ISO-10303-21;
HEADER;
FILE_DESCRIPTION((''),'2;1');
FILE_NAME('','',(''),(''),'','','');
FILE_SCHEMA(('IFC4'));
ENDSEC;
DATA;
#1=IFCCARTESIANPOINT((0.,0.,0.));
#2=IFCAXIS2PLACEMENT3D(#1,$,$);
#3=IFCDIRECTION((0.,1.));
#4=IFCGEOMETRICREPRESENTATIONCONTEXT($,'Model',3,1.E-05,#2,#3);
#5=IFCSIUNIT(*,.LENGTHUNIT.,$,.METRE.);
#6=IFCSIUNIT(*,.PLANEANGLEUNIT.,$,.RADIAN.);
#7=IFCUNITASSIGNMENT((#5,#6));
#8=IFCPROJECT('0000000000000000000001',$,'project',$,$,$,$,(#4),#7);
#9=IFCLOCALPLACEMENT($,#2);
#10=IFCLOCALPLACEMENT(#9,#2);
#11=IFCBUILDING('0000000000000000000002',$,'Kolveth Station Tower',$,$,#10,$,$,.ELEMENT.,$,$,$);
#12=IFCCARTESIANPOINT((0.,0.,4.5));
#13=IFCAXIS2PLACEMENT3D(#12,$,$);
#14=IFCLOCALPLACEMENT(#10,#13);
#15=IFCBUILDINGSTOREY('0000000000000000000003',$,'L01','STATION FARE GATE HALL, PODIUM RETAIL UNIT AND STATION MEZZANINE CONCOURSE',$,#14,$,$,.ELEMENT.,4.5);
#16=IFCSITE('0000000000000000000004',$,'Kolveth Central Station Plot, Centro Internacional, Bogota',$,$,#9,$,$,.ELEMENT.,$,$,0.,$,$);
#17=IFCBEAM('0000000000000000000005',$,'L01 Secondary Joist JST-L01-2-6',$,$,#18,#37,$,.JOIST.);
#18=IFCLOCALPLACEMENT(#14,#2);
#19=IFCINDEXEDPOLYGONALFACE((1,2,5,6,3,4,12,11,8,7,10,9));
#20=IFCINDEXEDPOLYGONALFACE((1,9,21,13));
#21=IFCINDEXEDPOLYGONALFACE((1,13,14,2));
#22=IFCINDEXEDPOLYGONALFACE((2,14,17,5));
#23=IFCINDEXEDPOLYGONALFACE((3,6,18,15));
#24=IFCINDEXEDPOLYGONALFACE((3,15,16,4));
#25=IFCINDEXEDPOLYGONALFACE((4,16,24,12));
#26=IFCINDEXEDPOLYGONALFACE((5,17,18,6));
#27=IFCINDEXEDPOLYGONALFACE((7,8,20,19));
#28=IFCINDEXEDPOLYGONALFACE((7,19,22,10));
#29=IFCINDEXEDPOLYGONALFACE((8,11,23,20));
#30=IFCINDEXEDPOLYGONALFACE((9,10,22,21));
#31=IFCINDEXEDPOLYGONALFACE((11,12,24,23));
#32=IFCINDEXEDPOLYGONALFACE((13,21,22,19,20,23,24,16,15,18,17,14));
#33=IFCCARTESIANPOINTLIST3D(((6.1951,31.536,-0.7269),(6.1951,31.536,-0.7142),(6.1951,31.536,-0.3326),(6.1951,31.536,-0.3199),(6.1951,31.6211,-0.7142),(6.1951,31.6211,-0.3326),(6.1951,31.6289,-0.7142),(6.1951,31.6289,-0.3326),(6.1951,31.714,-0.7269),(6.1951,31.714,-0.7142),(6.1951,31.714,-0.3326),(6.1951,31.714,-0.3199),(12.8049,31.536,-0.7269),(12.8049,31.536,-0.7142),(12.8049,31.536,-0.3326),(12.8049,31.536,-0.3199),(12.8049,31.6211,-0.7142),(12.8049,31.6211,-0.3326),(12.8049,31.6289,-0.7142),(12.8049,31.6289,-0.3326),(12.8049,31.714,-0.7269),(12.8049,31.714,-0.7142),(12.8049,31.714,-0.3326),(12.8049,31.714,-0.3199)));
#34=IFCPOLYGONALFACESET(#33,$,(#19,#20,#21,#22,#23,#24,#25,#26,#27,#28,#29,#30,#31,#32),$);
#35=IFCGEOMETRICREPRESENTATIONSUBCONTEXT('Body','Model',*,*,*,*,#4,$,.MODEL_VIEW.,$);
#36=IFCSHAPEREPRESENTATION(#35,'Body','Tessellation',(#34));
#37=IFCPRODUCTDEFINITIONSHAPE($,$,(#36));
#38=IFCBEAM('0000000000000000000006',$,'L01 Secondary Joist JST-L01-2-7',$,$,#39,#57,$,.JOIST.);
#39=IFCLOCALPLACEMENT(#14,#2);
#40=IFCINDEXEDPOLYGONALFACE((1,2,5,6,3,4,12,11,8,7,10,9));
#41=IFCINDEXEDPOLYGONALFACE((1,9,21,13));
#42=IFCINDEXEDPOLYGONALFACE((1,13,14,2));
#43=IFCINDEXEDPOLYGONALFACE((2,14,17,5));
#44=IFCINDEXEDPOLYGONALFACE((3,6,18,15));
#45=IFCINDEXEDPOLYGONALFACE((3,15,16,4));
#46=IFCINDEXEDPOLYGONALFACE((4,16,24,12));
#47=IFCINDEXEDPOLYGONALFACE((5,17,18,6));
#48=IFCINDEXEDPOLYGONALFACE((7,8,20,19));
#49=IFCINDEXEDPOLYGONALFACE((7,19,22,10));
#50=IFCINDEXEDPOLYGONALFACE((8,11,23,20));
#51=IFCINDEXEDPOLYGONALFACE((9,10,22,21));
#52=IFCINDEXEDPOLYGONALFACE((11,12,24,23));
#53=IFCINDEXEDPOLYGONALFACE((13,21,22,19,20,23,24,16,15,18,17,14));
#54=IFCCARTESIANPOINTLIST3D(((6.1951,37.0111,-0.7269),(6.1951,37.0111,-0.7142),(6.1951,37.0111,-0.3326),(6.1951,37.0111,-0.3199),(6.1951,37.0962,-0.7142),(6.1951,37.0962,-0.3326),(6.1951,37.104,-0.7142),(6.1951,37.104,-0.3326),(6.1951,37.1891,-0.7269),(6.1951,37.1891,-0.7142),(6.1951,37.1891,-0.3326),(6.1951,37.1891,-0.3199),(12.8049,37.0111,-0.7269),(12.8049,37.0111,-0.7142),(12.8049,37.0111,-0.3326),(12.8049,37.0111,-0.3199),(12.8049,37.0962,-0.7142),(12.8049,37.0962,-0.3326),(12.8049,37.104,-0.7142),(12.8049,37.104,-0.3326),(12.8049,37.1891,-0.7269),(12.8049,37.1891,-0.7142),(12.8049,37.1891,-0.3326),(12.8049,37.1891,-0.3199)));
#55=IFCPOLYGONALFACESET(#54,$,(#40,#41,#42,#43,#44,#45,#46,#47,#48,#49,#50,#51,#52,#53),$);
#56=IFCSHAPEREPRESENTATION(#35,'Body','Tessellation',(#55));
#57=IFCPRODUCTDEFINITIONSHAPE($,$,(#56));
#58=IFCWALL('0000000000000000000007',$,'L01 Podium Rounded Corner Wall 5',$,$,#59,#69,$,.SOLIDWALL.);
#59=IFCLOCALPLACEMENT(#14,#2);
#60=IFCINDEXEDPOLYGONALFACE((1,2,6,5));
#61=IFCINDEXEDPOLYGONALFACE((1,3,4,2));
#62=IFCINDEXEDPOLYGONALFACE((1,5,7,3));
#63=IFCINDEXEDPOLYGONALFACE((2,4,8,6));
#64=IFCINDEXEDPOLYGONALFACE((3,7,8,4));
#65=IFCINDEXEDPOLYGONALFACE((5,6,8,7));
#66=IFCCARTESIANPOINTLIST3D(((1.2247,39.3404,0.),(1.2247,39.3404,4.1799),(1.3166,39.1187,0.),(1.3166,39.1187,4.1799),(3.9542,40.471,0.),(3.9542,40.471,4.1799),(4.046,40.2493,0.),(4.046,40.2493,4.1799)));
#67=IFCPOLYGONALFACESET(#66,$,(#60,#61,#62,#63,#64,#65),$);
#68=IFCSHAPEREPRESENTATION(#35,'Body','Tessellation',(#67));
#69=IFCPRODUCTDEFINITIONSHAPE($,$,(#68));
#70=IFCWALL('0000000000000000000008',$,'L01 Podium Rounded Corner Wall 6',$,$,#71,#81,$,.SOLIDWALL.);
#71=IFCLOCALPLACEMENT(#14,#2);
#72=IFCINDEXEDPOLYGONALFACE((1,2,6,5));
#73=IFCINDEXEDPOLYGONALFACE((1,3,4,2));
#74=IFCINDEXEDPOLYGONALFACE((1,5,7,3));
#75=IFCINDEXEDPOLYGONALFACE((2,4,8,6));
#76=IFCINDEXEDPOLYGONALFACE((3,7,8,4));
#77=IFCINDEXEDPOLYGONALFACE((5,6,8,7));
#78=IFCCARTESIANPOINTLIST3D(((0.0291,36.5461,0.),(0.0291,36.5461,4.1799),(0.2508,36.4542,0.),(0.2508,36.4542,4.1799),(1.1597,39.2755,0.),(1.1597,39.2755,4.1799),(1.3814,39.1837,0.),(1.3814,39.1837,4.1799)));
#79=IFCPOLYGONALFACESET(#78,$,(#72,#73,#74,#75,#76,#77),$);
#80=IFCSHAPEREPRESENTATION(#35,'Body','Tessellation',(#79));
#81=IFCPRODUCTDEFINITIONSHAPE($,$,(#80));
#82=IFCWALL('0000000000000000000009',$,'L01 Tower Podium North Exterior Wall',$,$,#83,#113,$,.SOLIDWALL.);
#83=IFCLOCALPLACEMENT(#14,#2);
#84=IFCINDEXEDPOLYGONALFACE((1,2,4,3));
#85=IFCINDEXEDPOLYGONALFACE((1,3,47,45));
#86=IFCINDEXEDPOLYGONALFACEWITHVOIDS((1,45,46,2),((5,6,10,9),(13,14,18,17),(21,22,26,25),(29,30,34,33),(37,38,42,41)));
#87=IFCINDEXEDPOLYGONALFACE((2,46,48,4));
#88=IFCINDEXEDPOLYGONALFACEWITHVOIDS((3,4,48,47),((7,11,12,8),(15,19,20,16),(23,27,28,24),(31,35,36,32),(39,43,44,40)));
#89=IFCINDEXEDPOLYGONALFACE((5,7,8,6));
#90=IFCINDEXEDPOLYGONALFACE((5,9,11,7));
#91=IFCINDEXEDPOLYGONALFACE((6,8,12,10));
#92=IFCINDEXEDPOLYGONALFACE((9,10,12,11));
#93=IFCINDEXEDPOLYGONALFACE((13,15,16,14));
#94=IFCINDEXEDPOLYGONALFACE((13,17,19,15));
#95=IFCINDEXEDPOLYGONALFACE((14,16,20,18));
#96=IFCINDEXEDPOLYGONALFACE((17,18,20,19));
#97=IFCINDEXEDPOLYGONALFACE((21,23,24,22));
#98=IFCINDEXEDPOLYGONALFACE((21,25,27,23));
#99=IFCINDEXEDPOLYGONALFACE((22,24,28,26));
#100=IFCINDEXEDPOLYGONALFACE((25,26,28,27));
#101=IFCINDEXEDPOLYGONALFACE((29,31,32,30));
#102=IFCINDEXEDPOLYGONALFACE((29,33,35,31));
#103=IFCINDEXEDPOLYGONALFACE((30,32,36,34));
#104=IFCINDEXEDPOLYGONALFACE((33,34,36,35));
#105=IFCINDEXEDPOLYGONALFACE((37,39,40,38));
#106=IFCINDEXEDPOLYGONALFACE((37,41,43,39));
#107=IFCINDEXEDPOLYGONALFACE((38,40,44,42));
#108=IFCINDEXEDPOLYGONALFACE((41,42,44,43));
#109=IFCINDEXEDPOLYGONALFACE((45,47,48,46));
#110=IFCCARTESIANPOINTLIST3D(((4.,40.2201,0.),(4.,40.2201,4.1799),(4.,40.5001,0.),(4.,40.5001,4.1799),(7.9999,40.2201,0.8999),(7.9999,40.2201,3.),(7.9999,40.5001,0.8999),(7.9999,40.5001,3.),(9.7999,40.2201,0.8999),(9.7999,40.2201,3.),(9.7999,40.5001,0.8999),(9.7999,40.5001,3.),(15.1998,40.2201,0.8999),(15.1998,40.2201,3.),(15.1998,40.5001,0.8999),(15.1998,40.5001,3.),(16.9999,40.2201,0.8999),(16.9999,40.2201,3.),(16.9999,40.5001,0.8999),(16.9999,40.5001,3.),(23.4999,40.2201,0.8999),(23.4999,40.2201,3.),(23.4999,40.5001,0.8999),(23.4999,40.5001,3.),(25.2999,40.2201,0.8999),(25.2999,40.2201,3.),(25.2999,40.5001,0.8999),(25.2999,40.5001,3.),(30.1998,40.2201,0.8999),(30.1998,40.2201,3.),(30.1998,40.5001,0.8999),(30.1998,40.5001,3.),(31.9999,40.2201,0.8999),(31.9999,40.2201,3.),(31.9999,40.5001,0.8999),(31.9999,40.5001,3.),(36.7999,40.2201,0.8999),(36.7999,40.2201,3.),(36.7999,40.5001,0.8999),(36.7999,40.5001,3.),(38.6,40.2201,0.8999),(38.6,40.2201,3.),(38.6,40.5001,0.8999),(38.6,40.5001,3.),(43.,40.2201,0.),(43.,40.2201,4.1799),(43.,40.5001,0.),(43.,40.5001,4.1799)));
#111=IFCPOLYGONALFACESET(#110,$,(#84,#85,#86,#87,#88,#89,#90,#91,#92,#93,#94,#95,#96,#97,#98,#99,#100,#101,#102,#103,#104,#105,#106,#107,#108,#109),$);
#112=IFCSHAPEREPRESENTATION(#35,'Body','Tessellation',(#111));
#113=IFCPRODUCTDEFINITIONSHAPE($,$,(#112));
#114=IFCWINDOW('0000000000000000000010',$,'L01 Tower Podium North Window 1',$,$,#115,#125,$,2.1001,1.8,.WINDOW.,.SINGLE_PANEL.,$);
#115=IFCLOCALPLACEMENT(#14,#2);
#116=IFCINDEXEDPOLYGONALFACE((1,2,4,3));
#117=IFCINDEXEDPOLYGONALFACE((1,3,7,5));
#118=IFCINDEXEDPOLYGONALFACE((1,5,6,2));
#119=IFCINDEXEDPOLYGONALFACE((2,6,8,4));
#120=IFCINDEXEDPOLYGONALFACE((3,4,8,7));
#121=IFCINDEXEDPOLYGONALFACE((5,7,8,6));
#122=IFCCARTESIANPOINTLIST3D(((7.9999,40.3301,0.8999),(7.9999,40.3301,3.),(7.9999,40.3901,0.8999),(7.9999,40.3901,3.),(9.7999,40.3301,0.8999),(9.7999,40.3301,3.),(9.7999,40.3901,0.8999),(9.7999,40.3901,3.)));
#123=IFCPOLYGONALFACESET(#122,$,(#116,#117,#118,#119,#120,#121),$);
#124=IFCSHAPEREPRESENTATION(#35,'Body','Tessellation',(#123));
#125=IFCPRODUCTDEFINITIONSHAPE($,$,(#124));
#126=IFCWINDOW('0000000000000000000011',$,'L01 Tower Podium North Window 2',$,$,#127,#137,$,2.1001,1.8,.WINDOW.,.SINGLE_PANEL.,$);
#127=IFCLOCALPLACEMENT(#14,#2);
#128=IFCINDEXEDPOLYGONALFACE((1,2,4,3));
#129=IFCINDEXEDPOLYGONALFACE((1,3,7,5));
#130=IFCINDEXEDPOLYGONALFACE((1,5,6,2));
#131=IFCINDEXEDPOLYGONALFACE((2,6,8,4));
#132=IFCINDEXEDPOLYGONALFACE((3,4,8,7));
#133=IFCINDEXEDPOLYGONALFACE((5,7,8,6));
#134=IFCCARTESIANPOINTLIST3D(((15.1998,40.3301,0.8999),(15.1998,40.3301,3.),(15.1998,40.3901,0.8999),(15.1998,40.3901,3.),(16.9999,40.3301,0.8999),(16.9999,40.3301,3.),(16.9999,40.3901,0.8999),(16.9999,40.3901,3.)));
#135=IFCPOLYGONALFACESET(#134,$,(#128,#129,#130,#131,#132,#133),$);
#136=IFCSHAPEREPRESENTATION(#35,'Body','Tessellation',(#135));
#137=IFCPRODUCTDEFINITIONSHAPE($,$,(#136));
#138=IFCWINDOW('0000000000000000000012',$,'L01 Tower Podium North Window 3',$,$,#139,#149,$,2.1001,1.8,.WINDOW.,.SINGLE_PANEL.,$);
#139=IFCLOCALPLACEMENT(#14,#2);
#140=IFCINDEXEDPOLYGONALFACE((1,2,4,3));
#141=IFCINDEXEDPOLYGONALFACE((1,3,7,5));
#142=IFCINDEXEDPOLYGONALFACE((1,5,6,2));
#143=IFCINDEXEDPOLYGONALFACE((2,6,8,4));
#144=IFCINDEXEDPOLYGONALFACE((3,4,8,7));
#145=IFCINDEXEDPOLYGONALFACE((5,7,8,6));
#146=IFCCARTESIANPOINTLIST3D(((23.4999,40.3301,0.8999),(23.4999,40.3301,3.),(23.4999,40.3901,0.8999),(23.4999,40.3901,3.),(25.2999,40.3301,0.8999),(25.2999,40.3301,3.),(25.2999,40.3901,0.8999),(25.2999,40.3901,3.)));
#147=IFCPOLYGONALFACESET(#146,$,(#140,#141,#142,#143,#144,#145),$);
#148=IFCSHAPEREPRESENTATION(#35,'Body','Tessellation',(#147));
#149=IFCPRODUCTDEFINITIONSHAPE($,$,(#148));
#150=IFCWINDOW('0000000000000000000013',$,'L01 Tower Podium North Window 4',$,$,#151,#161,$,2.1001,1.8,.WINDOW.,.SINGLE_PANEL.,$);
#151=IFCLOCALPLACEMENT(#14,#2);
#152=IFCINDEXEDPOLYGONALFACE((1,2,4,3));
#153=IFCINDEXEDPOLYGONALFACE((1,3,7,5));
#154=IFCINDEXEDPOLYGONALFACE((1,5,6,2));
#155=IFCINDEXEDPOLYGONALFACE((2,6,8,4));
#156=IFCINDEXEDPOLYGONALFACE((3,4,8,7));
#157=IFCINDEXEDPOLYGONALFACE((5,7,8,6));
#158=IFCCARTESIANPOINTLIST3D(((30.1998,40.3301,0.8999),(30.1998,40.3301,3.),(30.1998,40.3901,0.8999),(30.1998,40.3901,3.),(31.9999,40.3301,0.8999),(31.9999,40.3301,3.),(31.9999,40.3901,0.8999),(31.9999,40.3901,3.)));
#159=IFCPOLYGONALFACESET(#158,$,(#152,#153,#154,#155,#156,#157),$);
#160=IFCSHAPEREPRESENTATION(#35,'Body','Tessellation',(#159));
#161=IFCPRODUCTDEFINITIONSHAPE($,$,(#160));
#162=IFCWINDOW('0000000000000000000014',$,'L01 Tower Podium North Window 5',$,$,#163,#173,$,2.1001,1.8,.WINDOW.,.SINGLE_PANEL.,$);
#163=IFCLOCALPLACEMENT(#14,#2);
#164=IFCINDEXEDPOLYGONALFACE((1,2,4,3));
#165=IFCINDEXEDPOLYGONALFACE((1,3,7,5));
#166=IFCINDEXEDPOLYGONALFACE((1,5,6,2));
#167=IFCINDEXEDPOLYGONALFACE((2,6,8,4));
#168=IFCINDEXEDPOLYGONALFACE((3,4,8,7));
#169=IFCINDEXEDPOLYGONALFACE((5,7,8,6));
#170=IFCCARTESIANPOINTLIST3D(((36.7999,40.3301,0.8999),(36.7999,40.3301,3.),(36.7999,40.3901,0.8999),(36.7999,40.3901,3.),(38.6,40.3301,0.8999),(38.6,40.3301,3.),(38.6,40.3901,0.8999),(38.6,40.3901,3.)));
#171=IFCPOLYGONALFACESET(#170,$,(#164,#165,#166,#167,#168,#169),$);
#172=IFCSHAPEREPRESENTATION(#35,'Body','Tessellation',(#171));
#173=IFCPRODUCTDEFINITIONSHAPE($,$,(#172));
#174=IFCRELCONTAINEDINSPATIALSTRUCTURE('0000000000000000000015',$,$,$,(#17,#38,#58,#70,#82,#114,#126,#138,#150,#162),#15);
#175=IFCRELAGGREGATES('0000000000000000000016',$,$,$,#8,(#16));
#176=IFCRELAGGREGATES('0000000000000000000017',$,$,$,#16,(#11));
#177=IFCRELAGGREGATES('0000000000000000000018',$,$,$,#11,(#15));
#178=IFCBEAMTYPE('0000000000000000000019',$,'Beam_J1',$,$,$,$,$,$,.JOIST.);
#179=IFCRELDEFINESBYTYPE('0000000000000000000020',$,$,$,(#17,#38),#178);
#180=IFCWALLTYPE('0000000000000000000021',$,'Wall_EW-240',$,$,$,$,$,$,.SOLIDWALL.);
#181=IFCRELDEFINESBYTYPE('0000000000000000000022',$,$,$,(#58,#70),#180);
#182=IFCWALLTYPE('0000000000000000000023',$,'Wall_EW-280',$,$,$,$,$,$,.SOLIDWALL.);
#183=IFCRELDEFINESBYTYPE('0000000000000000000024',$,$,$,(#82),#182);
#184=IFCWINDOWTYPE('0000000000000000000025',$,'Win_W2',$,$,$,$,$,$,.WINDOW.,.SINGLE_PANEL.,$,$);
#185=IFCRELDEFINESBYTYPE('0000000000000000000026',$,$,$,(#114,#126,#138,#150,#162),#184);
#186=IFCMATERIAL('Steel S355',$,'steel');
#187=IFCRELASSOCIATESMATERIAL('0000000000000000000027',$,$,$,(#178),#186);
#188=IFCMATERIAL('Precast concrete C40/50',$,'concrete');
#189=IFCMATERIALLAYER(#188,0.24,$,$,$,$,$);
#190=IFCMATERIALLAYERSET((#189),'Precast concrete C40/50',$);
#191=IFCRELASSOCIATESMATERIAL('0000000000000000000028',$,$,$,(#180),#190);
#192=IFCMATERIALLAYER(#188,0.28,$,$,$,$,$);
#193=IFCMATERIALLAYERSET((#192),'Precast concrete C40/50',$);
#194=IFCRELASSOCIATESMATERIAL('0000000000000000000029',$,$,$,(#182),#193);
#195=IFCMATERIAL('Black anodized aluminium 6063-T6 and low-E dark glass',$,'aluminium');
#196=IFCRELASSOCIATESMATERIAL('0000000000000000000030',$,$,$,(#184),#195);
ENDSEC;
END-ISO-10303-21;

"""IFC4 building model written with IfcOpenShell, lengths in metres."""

from ifc_helpers import new_model, si_unit, direction, frame, frame_2d, origin, origin_2d, place, context, subcontext, project, spatial, rectangle, i_section, extrude, source, transform, mapped, material, layer, layer_set, material_profile, profile_set, type_object, element, fill, save


model = new_model("IFC4")

# Units and contexts
model_context = context("Model", 3, precision=1e-05, world=origin(), true_north=direction((0.0, 1.0)))
body_context = subcontext(model_context, "Body", "Model", "MODEL_VIEW")
ifc_project = project(units=[si_unit("LENGTHUNIT", "METRE"), si_unit("PLANEANGLEUNIT", "RADIAN")], contexts=[model_context])

# Site, building, storey
site_placement = place(None, origin())
site = spatial("IfcSite", under=ifc_project, at=site_placement, Name="Kolveth Central Station Plot, Centro Internacional, Bogota", CompositionType="ELEMENT", RefElevation=0.0)
building_placement = place(site_placement, origin())
building = spatial("IfcBuilding", under=site, at=building_placement, Name="Kolveth Station Tower", CompositionType="ELEMENT")
storey_placement = place(building_placement, frame((0.0, 0.0, 4.5)))
storey = spatial("IfcBuildingStorey", under=building, at=storey_placement, Name="L01", Description="STATION FARE GATE HALL, PODIUM RETAIL UNIT AND STATION MEZZANINE CONCOURSE", CompositionType="ELEMENT", Elevation=4.5)

# Beams
ifc_material_1 = material(Name="Steel S355", Category="steel")
ifc_material_profile_1 = material_profile(ifc_material_1, i_section(OverallWidth=0.178, OverallDepth=0.407, WebThickness=0.0078, FlangeThickness=0.0127, at=origin_2d()), Name="W410x60")
ifc_profile_set_1 = profile_set([ifc_material_profile_1], Name="Steel S355")
beam_type_1 = type_object("IfcBeamType", Name="Beam_J1", PredefinedType="JOIST", material=ifc_profile_set_1)
shared_shape_1 = source(origin(), body_context, "Body", "SweptSolid", [
    extrude(i_section(OverallWidth=0.178, OverallDepth=0.407, WebThickness=0.0078, FlangeThickness=0.0127, at=origin_2d()), origin(), (0.0, 0.0, 1.0), 6.6099),
])
for number, where, z_axis, x_axis, name in (
    (1, (6.1951, 31.625, -0.5234), (1.0, 0.0, 0.0), (0.0, 1.0, 0.0), "L01 Secondary Joist JST-L01-2-6"),
    (2, (6.1951, 37.1001, -0.5234), (1.0, 0.0, 0.0), (0.0, 1.0, 0.0), "L01 Secondary Joist JST-L01-2-7"),
):
    element("IfcBeam", number, at=place(storey_placement, frame(where, z_axis=z_axis, x_axis=x_axis)), inside=storey, type_object=beam_type_1, Name=name, PredefinedType="JOIST", context=body_context, shape_type="MappedRepresentation", body=[
        mapped(shared_shape_1, transform((0.0, 0.0, 0.0), x_axis=(1.0, 0.0, 0.0), y_axis=(0.0, 1.0, 0.0), z_axis=(0.0, 0.0, 1.0), scale=1.0)),
    ])

# Walls
ifc_material_2 = material(Name="Precast concrete C40/50", Category="concrete")
ifc_layer_1 = layer(ifc_material_2, 0.24)
ifc_layer_set_1 = layer_set([ifc_layer_1], Name="Precast concrete C40/50")
wall_type_1 = type_object("IfcWallType", Name="Wall_EW-240", PredefinedType="SOLIDWALL", material=ifc_layer_set_1)
for number, where, z_axis, x_axis, name in (
    (3, (4.0, 40.3601, 0.0), (0.0, 0.0, 1.0), (-0.923877, -0.38269, 0.0), "L01 Podium Rounded Corner Wall 5"),
    (4, (1.2705, 39.2295, 0.0), (0.0, 0.0, 1.0), (-0.38269, -0.923877, 0.0), "L01 Podium Rounded Corner Wall 6"),
):
    element("IfcWall", number, at=place(storey_placement, frame(where, z_axis=z_axis, x_axis=x_axis)), inside=storey, type_object=wall_type_1, Name=name, PredefinedType="SOLIDWALL", context=body_context, shape_type="SweptSolid", body=[
        extrude(rectangle(XDim=2.9543, YDim=0.24, at=frame_2d((1.4771, 0.0))), origin(), (0.0, 0.0, 1.0), 4.1799),
    ])

# Wall, openings, windows
ifc_layer_2 = layer(ifc_material_2, 0.28)
ifc_layer_set_2 = layer_set([ifc_layer_2], Name="Precast concrete C40/50")
wall_type_2 = type_object("IfcWallType", Name="Wall_EW-280", PredefinedType="SOLIDWALL", material=ifc_layer_set_2)
wall_1_placement = place(storey_placement, frame((4.0, 40.3601, 0.0), z_axis=(0.0, 0.0, 1.0), x_axis=(1.0, 0.0, 0.0)))
wall_1 = element("IfcWall", 5, at=wall_1_placement, inside=storey, type_object=wall_type_2, Name="L01 Tower Podium North Exterior Wall", PredefinedType="SOLIDWALL", context=body_context, shape_type="SweptSolid", body=[
    extrude(rectangle(XDim=39.0, YDim=0.28, at=frame_2d((19.5, 0.0))), origin(), (0.0, 0.0, 1.0), 4.1799),
])
opening_1_placement = place(wall_1_placement, frame((4.0, 0.0, 0.8999)))
opening_1 = element("IfcOpeningElement", 6, at=opening_1_placement, cuts=wall_1, PredefinedType="OPENING", context=body_context, shape_type="SweptSolid", body=[
    extrude(rectangle(XDim=1.8, YDim=2.1001, at=frame_2d((0.8999, 1.05))), frame((0.0, 0.1499, 0.0), z_axis=(0.0, -1.0, 0.0), x_axis=(1.0, 0.0, 0.0)), (0.0, 0.0, 1.0), 0.3),
])
opening_2_placement = place(wall_1_placement, frame((11.2, 0.0, 0.8999)))
opening_2 = element("IfcOpeningElement", 7, at=opening_2_placement, cuts=wall_1, PredefinedType="OPENING", context=body_context, shape_type="SweptSolid", body=[
    extrude(rectangle(XDim=1.8, YDim=2.1001, at=frame_2d((0.8999, 1.05))), frame((0.0, 0.1499, 0.0), z_axis=(0.0, -1.0, 0.0), x_axis=(1.0, 0.0, 0.0)), (0.0, 0.0, 1.0), 0.3),
])
opening_3_placement = place(wall_1_placement, frame((19.5, 0.0, 0.8999)))
opening_3 = element("IfcOpeningElement", 8, at=opening_3_placement, cuts=wall_1, PredefinedType="OPENING", context=body_context, shape_type="SweptSolid", body=[
    extrude(rectangle(XDim=1.8, YDim=2.1001, at=frame_2d((0.8999, 1.05))), frame((0.0, 0.1499, 0.0), z_axis=(0.0, -1.0, 0.0), x_axis=(1.0, 0.0, 0.0)), (0.0, 0.0, 1.0), 0.3),
])
opening_4_placement = place(wall_1_placement, frame((26.2, 0.0, 0.8999)))
opening_4 = element("IfcOpeningElement", 9, at=opening_4_placement, cuts=wall_1, PredefinedType="OPENING", context=body_context, shape_type="SweptSolid", body=[
    extrude(rectangle(XDim=1.8, YDim=2.1001, at=frame_2d((0.8999, 1.05))), frame((0.0, 0.1499, 0.0), z_axis=(0.0, -1.0, 0.0), x_axis=(1.0, 0.0, 0.0)), (0.0, 0.0, 1.0), 0.3),
])
opening_5_placement = place(wall_1_placement, frame((32.8, 0.0, 0.8999)))
opening_5 = element("IfcOpeningElement", 10, at=opening_5_placement, cuts=wall_1, PredefinedType="OPENING", context=body_context, shape_type="SweptSolid", body=[
    extrude(rectangle(XDim=1.8, YDim=2.1001, at=frame_2d((0.8999, 1.05))), frame((0.0, 0.1499, 0.0), z_axis=(0.0, -1.0, 0.0), x_axis=(1.0, 0.0, 0.0)), (0.0, 0.0, 1.0), 0.3),
])
ifc_material_3 = material(Name="Black anodized aluminium 6063-T6 and low-E dark glass", Category="aluminium")
window_type = type_object("IfcWindowType", Name="Win_W2", PartitioningType="SINGLE_PANEL", PredefinedType="WINDOW", material=ifc_material_3)
window_1_placement = place(opening_1_placement, origin())
window_1 = element("IfcWindow", 11, at=window_1_placement, inside=storey, type_object=window_type, Name="L01 Tower Podium North Window 1", OverallHeight=2.1001, OverallWidth=1.8, PartitioningType="SINGLE_PANEL", PredefinedType="WINDOW", context=body_context, shape_type="SweptSolid", body=[
    extrude(rectangle(XDim=1.8, YDim=2.1001, at=frame_2d((0.8999, 1.05))), frame((0.0, 0.03, 0.0), z_axis=(0.0, -1.0, 0.0), x_axis=(1.0, 0.0, 0.0)), (0.0, 0.0, 1.0), 0.0601),
])
fill(opening_1, window_1)
window_2_placement = place(opening_2_placement, origin())
window_2 = element("IfcWindow", 12, at=window_2_placement, inside=storey, type_object=window_type, Name="L01 Tower Podium North Window 2", OverallHeight=2.1001, OverallWidth=1.8, PartitioningType="SINGLE_PANEL", PredefinedType="WINDOW", context=body_context, shape_type="SweptSolid", body=[
    extrude(rectangle(XDim=1.8, YDim=2.1001, at=frame_2d((0.8999, 1.05))), frame((0.0, 0.03, 0.0), z_axis=(0.0, -1.0, 0.0), x_axis=(1.0, 0.0, 0.0)), (0.0, 0.0, 1.0), 0.0601),
])
fill(opening_2, window_2)
window_3_placement = place(opening_3_placement, origin())
window_3 = element("IfcWindow", 13, at=window_3_placement, inside=storey, type_object=window_type, Name="L01 Tower Podium North Window 3", OverallHeight=2.1001, OverallWidth=1.8, PartitioningType="SINGLE_PANEL", PredefinedType="WINDOW", context=body_context, shape_type="SweptSolid", body=[
    extrude(rectangle(XDim=1.8, YDim=2.1001, at=frame_2d((0.8999, 1.05))), frame((0.0, 0.03, 0.0), z_axis=(0.0, -1.0, 0.0), x_axis=(1.0, 0.0, 0.0)), (0.0, 0.0, 1.0), 0.0601),
])
fill(opening_3, window_3)
window_4_placement = place(opening_4_placement, origin())
window_4 = element("IfcWindow", 14, at=window_4_placement, inside=storey, type_object=window_type, Name="L01 Tower Podium North Window 4", OverallHeight=2.1001, OverallWidth=1.8, PartitioningType="SINGLE_PANEL", PredefinedType="WINDOW", context=body_context, shape_type="SweptSolid", body=[
    extrude(rectangle(XDim=1.8, YDim=2.1001, at=frame_2d((0.8999, 1.05))), frame((0.0, 0.03, 0.0), z_axis=(0.0, -1.0, 0.0), x_axis=(1.0, 0.0, 0.0)), (0.0, 0.0, 1.0), 0.0601),
])
fill(opening_4, window_4)
window_5_placement = place(opening_5_placement, origin())
window_5 = element("IfcWindow", 15, at=window_5_placement, inside=storey, type_object=window_type, Name="L01 Tower Podium North Window 5", OverallHeight=2.1001, OverallWidth=1.8, PartitioningType="SINGLE_PANEL", PredefinedType="WINDOW", context=body_context, shape_type="SweptSolid", body=[
    extrude(rectangle(XDim=1.8, YDim=2.1001, at=frame_2d((0.8999, 1.05))), frame((0.0, 0.03, 0.0), z_axis=(0.0, -1.0, 0.0), x_axis=(1.0, 0.0, 0.0)), (0.0, 0.0, 1.0), 0.0601),
])
fill(opening_5, window_5)

save(model, "model.ifc")
